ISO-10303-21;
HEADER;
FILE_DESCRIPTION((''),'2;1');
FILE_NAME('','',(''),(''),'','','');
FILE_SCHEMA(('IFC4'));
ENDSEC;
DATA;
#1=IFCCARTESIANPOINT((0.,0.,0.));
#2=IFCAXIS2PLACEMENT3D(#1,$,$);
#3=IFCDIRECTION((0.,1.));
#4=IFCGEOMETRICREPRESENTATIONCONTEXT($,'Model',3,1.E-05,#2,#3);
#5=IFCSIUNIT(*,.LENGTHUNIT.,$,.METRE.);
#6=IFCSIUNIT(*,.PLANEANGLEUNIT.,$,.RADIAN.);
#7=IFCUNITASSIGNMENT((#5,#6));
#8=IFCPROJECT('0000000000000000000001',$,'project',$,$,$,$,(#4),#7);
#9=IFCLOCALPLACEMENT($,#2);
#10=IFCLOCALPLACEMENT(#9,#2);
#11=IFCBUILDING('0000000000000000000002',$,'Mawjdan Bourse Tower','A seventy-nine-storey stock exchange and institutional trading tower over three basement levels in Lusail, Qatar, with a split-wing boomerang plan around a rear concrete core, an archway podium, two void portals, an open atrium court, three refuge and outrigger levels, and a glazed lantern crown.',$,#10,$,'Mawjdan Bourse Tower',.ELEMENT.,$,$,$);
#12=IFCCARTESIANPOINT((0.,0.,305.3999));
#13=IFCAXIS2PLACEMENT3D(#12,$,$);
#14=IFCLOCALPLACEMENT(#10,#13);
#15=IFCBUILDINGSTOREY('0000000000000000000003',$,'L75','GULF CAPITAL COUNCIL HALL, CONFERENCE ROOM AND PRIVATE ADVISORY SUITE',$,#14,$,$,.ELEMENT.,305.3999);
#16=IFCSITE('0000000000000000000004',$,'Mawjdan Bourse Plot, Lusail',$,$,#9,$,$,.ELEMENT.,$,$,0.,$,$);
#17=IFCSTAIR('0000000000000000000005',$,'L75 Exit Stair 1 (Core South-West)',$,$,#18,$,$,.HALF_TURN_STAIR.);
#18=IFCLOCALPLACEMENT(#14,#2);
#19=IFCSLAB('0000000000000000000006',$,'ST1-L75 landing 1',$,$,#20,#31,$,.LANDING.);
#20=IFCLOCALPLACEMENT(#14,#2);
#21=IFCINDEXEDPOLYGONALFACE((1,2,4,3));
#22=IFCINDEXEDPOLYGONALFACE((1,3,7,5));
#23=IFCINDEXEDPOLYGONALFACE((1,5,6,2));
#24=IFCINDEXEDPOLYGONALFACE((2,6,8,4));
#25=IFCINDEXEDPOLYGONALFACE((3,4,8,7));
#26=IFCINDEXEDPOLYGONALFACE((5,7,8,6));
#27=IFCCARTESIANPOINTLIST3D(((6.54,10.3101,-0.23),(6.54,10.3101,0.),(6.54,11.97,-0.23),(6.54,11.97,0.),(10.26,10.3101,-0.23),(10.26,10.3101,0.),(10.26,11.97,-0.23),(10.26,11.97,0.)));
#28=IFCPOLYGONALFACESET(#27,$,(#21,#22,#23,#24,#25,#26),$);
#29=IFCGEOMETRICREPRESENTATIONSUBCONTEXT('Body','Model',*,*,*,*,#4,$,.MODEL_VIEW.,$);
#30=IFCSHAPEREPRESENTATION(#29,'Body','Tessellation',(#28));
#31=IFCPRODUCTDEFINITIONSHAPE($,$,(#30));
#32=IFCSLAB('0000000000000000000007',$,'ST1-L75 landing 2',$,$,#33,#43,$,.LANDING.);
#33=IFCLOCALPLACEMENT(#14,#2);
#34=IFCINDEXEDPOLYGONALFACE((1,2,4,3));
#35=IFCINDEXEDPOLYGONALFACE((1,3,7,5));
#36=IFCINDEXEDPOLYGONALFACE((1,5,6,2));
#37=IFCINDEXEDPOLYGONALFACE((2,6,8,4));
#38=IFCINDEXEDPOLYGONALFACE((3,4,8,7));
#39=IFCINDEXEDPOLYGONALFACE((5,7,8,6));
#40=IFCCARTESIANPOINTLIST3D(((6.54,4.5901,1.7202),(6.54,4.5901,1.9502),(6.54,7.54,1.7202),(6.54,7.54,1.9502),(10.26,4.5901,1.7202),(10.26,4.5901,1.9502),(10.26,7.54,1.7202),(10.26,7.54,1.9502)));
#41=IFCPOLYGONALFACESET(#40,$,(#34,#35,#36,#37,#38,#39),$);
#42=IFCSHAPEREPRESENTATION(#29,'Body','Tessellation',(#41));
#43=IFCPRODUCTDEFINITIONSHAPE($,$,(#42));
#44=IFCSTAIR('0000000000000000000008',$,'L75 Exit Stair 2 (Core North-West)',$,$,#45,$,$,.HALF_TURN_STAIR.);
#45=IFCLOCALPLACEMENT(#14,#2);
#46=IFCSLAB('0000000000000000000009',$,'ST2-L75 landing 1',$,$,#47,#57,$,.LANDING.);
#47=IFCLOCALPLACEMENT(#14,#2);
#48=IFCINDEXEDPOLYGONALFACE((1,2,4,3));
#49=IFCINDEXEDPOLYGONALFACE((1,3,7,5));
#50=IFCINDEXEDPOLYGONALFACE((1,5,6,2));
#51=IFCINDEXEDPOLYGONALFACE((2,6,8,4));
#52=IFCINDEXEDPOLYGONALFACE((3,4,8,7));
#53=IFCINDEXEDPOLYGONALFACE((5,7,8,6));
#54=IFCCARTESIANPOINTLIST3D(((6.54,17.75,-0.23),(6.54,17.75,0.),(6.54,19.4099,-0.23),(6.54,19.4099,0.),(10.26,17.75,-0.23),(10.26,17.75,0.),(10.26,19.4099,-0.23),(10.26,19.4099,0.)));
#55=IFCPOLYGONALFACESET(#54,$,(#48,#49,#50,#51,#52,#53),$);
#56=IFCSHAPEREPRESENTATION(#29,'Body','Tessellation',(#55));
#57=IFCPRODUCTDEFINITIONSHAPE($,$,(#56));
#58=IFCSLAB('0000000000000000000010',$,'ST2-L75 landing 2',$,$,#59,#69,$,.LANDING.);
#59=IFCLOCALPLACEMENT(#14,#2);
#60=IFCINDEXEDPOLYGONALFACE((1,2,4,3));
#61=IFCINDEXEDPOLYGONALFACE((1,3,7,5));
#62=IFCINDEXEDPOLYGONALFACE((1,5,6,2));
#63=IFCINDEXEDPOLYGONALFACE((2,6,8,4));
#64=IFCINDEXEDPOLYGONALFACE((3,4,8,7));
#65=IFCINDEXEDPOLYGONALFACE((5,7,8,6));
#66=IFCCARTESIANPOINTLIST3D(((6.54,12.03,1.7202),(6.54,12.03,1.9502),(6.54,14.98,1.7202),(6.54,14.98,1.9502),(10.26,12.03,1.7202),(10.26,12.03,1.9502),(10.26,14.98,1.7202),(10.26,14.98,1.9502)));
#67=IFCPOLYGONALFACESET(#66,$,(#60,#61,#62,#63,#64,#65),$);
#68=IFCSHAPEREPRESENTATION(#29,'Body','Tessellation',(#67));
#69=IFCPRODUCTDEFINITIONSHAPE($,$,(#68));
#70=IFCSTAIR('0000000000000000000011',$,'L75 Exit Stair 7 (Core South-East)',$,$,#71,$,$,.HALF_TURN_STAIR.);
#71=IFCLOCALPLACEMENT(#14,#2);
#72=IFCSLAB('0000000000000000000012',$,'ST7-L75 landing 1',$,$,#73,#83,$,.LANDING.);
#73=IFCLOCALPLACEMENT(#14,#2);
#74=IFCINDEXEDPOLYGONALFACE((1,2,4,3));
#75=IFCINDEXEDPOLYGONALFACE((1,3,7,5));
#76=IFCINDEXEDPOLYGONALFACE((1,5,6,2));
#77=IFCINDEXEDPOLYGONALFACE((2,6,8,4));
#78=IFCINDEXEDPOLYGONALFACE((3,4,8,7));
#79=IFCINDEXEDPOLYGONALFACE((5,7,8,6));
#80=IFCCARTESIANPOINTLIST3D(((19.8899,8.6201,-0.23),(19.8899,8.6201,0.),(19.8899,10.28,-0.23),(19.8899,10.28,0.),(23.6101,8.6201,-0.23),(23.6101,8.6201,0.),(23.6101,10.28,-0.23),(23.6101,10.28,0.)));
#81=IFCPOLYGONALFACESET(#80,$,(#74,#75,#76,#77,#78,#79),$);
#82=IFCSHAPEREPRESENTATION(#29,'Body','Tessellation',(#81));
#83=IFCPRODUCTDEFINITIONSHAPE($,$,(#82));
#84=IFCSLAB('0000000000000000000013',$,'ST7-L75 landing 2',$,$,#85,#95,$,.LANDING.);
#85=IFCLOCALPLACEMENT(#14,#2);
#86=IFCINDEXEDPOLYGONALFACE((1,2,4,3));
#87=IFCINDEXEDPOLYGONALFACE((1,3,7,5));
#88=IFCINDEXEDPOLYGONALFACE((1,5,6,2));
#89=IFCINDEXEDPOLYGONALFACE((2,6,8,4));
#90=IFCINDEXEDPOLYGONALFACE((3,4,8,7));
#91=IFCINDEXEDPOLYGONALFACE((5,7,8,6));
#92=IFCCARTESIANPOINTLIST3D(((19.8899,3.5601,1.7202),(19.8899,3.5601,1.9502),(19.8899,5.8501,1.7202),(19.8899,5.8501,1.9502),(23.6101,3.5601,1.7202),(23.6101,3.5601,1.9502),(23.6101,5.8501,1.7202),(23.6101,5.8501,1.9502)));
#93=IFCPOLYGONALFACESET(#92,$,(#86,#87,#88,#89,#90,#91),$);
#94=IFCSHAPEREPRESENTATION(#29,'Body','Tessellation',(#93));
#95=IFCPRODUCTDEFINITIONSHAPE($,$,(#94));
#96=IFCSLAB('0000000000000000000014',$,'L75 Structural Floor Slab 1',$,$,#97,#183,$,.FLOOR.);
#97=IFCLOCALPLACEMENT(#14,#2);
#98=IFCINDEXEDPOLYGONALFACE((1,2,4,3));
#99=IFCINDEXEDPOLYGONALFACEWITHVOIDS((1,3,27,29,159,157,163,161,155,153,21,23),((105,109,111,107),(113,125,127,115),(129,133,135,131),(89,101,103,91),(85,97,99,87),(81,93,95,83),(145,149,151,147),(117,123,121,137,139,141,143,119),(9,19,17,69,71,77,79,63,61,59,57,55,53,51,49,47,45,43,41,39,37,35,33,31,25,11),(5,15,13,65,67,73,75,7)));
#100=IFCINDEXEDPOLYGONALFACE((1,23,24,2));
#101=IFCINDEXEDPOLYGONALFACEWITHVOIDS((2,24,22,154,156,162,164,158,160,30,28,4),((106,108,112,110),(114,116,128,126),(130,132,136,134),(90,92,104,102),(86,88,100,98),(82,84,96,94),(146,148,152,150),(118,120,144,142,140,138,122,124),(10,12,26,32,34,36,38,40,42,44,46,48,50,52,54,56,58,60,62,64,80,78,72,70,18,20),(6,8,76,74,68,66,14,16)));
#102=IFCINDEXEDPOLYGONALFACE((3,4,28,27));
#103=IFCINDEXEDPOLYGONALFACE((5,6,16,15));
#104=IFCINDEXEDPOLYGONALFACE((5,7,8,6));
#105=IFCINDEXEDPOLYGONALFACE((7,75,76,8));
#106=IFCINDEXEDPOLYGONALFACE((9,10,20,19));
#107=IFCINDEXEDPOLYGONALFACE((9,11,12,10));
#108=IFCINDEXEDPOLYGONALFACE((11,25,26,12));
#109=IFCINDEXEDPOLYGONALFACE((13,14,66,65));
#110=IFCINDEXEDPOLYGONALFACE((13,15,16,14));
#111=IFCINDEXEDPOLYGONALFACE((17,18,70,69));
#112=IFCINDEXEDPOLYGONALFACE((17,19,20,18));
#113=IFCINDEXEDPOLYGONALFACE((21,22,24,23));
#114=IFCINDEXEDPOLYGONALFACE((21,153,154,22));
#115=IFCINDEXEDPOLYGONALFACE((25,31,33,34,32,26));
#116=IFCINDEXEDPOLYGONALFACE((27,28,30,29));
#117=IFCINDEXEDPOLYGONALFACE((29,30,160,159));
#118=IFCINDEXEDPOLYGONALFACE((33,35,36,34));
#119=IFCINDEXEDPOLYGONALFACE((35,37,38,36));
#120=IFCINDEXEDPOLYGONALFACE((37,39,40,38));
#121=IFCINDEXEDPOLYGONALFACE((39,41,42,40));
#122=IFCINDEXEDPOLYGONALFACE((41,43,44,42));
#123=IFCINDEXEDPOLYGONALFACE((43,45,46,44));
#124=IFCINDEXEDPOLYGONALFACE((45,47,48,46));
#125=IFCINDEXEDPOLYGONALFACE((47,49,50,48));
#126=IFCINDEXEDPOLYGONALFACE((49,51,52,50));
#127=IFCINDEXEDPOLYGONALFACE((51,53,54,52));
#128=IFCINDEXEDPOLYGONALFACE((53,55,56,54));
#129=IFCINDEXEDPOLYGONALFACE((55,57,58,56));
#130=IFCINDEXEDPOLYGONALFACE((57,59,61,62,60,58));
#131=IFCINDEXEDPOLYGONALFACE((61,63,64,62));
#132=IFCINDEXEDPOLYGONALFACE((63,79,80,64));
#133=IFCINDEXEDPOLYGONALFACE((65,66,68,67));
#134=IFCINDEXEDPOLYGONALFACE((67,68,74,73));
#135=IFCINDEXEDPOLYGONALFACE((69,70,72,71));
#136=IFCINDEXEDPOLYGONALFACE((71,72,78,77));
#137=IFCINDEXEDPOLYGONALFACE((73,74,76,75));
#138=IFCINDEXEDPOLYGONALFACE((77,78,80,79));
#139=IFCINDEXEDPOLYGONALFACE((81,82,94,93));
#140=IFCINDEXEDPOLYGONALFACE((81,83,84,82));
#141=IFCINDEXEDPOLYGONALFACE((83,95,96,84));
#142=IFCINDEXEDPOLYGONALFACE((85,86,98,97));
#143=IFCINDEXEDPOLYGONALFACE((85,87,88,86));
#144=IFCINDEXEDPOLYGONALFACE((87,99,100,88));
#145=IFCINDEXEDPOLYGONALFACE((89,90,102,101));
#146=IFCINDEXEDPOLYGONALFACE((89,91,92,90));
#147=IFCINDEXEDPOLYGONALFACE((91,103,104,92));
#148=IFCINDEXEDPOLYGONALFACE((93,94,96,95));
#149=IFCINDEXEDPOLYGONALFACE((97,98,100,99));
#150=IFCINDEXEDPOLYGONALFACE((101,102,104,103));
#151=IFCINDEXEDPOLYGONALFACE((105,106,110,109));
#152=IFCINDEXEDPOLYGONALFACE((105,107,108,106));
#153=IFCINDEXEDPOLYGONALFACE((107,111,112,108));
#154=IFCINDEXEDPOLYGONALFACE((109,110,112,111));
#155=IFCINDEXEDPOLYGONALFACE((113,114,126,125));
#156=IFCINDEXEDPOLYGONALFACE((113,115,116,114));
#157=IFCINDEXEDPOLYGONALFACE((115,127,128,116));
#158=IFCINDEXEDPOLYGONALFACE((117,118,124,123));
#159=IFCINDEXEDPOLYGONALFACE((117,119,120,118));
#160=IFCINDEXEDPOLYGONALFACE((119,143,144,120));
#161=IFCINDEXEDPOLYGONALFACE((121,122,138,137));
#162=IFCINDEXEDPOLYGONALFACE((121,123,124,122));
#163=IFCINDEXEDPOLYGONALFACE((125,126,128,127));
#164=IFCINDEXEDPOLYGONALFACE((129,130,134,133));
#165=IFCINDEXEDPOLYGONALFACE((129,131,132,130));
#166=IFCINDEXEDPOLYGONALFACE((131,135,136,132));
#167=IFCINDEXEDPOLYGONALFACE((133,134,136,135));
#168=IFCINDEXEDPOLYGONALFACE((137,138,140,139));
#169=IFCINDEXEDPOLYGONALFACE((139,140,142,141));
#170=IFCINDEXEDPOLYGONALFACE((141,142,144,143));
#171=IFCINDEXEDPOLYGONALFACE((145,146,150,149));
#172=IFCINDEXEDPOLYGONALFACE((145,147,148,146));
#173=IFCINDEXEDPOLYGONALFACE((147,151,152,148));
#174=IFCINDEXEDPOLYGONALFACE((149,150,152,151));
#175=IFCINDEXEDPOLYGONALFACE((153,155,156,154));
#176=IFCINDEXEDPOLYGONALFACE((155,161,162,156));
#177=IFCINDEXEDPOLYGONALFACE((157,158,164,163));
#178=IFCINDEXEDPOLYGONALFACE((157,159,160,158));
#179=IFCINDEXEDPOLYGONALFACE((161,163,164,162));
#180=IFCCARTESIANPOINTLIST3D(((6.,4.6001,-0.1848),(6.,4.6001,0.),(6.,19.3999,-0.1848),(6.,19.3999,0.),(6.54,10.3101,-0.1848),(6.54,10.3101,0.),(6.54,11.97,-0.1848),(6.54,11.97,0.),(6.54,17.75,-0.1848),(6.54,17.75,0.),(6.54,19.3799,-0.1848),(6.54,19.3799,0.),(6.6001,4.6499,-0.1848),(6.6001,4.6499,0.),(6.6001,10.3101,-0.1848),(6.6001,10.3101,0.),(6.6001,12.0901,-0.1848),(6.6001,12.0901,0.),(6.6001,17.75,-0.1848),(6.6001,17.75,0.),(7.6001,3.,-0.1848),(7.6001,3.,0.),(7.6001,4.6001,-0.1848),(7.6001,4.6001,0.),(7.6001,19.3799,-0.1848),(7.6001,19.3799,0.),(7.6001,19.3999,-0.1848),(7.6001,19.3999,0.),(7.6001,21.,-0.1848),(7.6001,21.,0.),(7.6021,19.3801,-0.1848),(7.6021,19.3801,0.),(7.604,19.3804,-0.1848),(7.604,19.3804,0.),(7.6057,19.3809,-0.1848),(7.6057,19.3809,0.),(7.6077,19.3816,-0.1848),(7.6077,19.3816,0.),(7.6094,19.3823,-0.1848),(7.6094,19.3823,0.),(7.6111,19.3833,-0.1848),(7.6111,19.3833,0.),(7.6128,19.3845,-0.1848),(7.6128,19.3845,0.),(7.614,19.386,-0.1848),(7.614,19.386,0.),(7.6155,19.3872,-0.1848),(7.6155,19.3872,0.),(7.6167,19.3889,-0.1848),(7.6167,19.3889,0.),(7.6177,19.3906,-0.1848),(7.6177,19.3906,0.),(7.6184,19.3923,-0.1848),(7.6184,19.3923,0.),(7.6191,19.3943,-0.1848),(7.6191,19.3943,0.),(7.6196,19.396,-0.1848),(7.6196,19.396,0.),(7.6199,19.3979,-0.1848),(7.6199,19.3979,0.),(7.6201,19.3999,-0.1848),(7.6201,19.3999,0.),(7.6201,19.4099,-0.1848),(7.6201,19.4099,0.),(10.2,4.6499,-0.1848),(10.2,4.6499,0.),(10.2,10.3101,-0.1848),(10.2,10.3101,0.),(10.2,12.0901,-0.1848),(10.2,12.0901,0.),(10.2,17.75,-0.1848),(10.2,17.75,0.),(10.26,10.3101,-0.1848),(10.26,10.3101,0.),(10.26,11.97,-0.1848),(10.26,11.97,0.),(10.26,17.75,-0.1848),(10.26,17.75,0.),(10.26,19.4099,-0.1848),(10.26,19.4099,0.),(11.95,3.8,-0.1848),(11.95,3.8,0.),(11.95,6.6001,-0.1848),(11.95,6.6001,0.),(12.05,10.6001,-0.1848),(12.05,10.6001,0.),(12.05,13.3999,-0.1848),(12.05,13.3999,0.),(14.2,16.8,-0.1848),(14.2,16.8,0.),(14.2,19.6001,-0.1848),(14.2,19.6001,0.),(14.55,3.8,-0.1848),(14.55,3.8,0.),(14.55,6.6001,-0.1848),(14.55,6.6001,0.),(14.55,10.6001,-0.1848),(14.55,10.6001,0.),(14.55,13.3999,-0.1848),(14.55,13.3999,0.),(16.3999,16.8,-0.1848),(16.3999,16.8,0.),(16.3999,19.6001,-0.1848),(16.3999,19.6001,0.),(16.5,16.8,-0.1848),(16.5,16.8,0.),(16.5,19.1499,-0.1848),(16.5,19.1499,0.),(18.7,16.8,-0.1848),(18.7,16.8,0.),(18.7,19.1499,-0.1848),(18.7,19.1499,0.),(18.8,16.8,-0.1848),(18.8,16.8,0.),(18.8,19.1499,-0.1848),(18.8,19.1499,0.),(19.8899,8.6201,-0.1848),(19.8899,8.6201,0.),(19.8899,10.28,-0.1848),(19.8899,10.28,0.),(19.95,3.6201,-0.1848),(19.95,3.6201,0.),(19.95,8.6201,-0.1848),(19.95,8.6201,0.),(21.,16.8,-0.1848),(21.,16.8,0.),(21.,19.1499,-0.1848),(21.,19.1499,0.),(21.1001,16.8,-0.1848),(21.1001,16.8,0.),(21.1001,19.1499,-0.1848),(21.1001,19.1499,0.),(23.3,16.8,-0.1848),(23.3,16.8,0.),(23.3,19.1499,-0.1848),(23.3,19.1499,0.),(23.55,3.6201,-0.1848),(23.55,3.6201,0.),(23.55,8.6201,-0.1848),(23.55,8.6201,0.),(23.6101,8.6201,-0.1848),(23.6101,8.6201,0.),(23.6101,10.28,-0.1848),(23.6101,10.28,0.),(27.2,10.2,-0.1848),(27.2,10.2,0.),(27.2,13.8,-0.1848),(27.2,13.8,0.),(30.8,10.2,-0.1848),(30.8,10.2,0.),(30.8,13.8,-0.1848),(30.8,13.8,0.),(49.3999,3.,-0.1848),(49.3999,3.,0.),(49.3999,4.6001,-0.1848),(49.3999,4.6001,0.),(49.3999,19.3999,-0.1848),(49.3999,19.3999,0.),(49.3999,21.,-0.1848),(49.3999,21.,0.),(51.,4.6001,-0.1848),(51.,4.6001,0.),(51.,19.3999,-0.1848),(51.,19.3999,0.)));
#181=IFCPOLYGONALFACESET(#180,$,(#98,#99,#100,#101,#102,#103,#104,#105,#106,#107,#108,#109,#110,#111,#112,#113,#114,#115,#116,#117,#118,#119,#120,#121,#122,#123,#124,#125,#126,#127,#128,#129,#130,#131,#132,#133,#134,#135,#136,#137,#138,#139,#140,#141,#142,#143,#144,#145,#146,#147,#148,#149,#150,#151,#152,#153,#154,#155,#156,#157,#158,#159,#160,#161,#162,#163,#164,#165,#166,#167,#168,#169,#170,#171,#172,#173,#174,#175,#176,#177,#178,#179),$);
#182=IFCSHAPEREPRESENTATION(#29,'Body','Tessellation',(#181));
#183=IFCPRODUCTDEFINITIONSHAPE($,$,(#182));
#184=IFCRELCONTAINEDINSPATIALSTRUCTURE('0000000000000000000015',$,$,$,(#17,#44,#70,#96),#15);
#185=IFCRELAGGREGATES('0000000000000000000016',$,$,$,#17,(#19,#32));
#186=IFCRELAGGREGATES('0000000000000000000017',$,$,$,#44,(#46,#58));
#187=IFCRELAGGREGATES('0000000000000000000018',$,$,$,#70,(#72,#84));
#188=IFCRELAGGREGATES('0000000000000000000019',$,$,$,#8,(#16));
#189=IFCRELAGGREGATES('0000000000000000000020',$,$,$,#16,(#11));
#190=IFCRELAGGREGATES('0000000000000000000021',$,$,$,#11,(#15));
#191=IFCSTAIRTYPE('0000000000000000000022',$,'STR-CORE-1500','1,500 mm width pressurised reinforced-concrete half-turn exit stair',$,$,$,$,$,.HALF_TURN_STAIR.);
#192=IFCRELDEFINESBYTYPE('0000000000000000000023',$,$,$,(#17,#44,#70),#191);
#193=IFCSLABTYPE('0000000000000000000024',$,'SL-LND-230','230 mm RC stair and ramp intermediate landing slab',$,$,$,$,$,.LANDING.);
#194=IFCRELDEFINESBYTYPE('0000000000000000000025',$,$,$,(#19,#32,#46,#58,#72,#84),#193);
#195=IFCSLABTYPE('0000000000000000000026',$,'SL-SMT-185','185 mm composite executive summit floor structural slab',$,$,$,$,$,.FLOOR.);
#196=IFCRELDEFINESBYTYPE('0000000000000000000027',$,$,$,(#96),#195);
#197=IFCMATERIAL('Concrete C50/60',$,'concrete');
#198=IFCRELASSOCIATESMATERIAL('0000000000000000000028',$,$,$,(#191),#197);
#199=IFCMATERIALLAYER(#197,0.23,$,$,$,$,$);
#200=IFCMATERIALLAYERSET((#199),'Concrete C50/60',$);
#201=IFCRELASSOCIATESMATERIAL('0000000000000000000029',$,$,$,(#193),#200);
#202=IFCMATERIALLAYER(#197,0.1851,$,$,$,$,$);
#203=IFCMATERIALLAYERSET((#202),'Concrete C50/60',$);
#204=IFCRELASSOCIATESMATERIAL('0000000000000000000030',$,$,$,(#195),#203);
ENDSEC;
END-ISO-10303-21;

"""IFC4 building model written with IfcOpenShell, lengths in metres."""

from ifc_helpers import new_model, si_unit, direction, frame, origin, place, context, subcontext, project, spatial, polyline, outline, extrude, material, layer, layer_set, type_object, element, aggregate, save


model = new_model("IFC4")

# Units and contexts
model_context = context("Model", 3, precision=1e-05, world=origin(), true_north=direction((0.0, 1.0)))
body_context = subcontext(model_context, "Body", "Model", "MODEL_VIEW")
ifc_project = project(units=[si_unit("LENGTHUNIT", "METRE"), si_unit("PLANEANGLEUNIT", "RADIAN")], contexts=[model_context])

# Site, building, storey
site_placement = place(None, origin())
site = spatial("IfcSite", under=ifc_project, at=site_placement, Name="Mawjdan Bourse Plot, Lusail", CompositionType="ELEMENT", RefElevation=0.0)
building_placement = place(site_placement, origin())
building = spatial("IfcBuilding", under=site, at=building_placement, Name="Mawjdan Bourse Tower", Description="A seventy-nine-storey stock exchange and institutional trading tower over three basement levels in Lusail, Qatar, with a split-wing boomerang plan around a rear concrete core, an archway podium, two void portals, an open atrium court, three refuge and outrigger levels, and a glazed lantern crown.", LongName="Mawjdan Bourse Tower", CompositionType="ELEMENT")
storey_placement = place(building_placement, frame((0.0, 0.0, 305.3999)))
storey = spatial("IfcBuildingStorey", under=building, at=storey_placement, Name="L75", Description="GULF CAPITAL COUNCIL HALL, CONFERENCE ROOM AND PRIVATE ADVISORY SUITE", CompositionType="ELEMENT", Elevation=305.3999)

# Stairs, slabs
ifc_material_1 = material(Name="Concrete C50/60", Category="concrete")
stair_type = type_object("IfcStairType", Name="STR-CORE-1500", Description="1,500 mm width pressurised reinforced-concrete half-turn exit stair", PredefinedType="HALF_TURN_STAIR", material=ifc_material_1)
stair_1_placement = place(storey_placement, origin())
stair_1 = element("IfcStair", 1, at=stair_1_placement, inside=storey, type_object=stair_type, Name="L75 Exit Stair 1 (Core South-West)", PredefinedType="HALF_TURN_STAIR")
ifc_layer_1 = layer(ifc_material_1, 0.23)
ifc_layer_set_1 = layer_set([ifc_layer_1], Name="Concrete C50/60")
slab_type_1 = type_object("IfcSlabType", Name="SL-LND-230", Description="230 mm RC stair and ramp intermediate landing slab", PredefinedType="LANDING", material=ifc_layer_set_1)
slab_1_placement = place(storey_placement, frame((0.0, 0.0, -0.23)))
slab_1 = element("IfcSlab", 2, at=slab_1_placement, type_object=slab_type_1, Name="ST1-L75 landing 1", PredefinedType="LANDING", context=body_context, shape_type="SweptSolid", body=[
    extrude(outline(polyline([(6.54, 10.3101), (10.26, 10.3101), (10.26, 11.97), (6.54, 11.97), (6.54, 10.3101)])), origin(), (0.0, 0.0, 1.0), 0.23),
])
slab_2_placement = place(storey_placement, frame((0.0, 0.0, 1.7202)))
slab_2 = element("IfcSlab", 3, at=slab_2_placement, type_object=slab_type_1, Name="ST1-L75 landing 2", PredefinedType="LANDING", context=body_context, shape_type="SweptSolid", body=[
    extrude(outline(polyline([(6.54, 4.5901), (10.26, 4.5901), (10.26, 7.54), (6.54, 7.54), (6.54, 4.5901)])), origin(), (0.0, 0.0, 1.0), 0.23),
])
aggregate(stair_1, [slab_1, slab_2])
stair_2_placement = place(storey_placement, origin())
stair_2 = element("IfcStair", 4, at=stair_2_placement, inside=storey, type_object=stair_type, Name="L75 Exit Stair 2 (Core North-West)", PredefinedType="HALF_TURN_STAIR")
slab_3_placement = place(storey_placement, frame((0.0, 0.0, -0.23)))
slab_3 = element("IfcSlab", 5, at=slab_3_placement, type_object=slab_type_1, Name="ST2-L75 landing 1", PredefinedType="LANDING", context=body_context, shape_type="SweptSolid", body=[
    extrude(outline(polyline([(6.54, 17.75), (10.26, 17.75), (10.26, 19.4099), (6.54, 19.4099), (6.54, 17.75)])), origin(), (0.0, 0.0, 1.0), 0.23),
])
slab_4_placement = place(storey_placement, frame((0.0, 0.0, 1.7202)))
slab_4 = element("IfcSlab", 6, at=slab_4_placement, type_object=slab_type_1, Name="ST2-L75 landing 2", PredefinedType="LANDING", context=body_context, shape_type="SweptSolid", body=[
    extrude(outline(polyline([(6.54, 12.03), (10.26, 12.03), (10.26, 14.98), (6.54, 14.98), (6.54, 12.03)])), origin(), (0.0, 0.0, 1.0), 0.23),
])
aggregate(stair_2, [slab_3, slab_4])
stair_3_placement = place(storey_placement, origin())
stair_3 = element("IfcStair", 7, at=stair_3_placement, inside=storey, type_object=stair_type, Name="L75 Exit Stair 7 (Core South-East)", PredefinedType="HALF_TURN_STAIR")
slab_5_placement = place(storey_placement, frame((0.0, 0.0, -0.23)))
slab_5 = element("IfcSlab", 8, at=slab_5_placement, type_object=slab_type_1, Name="ST7-L75 landing 1", PredefinedType="LANDING", context=body_context, shape_type="SweptSolid", body=[
    extrude(outline(polyline([(19.8899, 8.6201), (23.6101, 8.6201), (23.6101, 10.28), (19.8899, 10.28), (19.8899, 8.6201)])), origin(), (0.0, 0.0, 1.0), 0.23),
])
slab_6_placement = place(storey_placement, frame((0.0, 0.0, 1.7202)))
slab_6 = element("IfcSlab", 9, at=slab_6_placement, type_object=slab_type_1, Name="ST7-L75 landing 2", PredefinedType="LANDING", context=body_context, shape_type="SweptSolid", body=[
    extrude(outline(polyline([(19.8899, 3.5601), (23.6101, 3.5601), (23.6101, 5.8501), (19.8899, 5.8501), (19.8899, 3.5601)])), origin(), (0.0, 0.0, 1.0), 0.23),
])
aggregate(stair_3, [slab_5, slab_6])

# Slab
ifc_layer_2 = layer(ifc_material_1, 0.1851)
ifc_layer_set_2 = layer_set([ifc_layer_2], Name="Concrete C50/60")
slab_type_2 = type_object("IfcSlabType", Name="SL-SMT-185", Description="185 mm composite executive summit floor structural slab", PredefinedType="FLOOR", material=ifc_layer_set_2)
slab_7_placement = place(storey_placement, frame((0.0, 0.0, -0.1848)))
element("IfcSlab", 10, at=slab_7_placement, inside=storey, type_object=slab_type_2, Name="L75 Structural Floor Slab 1", PredefinedType="FLOOR", context=body_context, shape_type="SweptSolid", body=[
    extrude(outline(polyline([(7.6001, 3.0), (49.3999, 3.0), (49.3999, 4.6001), (51.0, 4.6001), (51.0, 19.3999), (49.3999, 19.3999), (49.3999, 21.0), (7.6001, 21.0), (7.6001, 19.3999), (6.0, 19.3999), (6.0, 4.6001), (7.6001, 4.6001), (7.6001, 3.0)]), holes=[polyline([(14.55, 3.8), (11.95, 3.8), (11.95, 6.6001), (14.55, 6.6001), (14.55, 3.8)]), polyline([(10.26, 11.97), (10.26, 10.3101), (10.2, 10.3101), (10.2, 4.6499), (6.6001, 4.6499), (6.6001, 10.3101), (6.54, 10.3101), (6.54, 11.97), (10.26, 11.97)]), polyline([(14.55, 10.6001), (12.05, 10.6001), (12.05, 13.3999), (14.55, 13.3999), (14.55, 10.6001)]), polyline([(6.6001, 12.0901), (6.6001, 17.75), (6.54, 17.75), (6.54, 19.3799), (7.6001, 19.3799), (7.6021, 19.3801), (7.604, 19.3804), (7.6057, 19.3809), (7.6077, 19.3816), (7.6094, 19.3823), (7.6111, 19.3833), (7.6128, 19.3845), (7.614, 19.386), (7.6155, 19.3872), (7.6167, 19.3889), (7.6177, 19.3906), (7.6184, 19.3923), (7.6191, 19.3943), (7.6196, 19.396), (7.6199, 19.3979), (7.6201, 19.3999), (7.6201, 19.4099), (10.26, 19.4099), (10.26, 17.75), (10.2, 17.75), (10.2, 12.0901), (6.6001, 12.0901)]), polyline([(14.2, 16.8), (14.2, 19.6001), (16.3999, 19.6001), (16.3999, 16.8), (14.2, 16.8)]), polyline([(23.6101, 10.28), (23.6101, 8.6201), (23.55, 8.6201), (23.55, 3.6201), (19.95, 3.6201), (19.95, 8.6201), (19.8899, 8.6201), (19.8899, 10.28), (23.6101, 10.28)]), polyline([(27.2, 10.2), (27.2, 13.8), (30.8, 13.8), (30.8, 10.2), (27.2, 10.2)]), polyline([(16.5, 16.8), (16.5, 19.1499), (18.7, 19.1499), (18.7, 16.8), (16.5, 16.8)]), polyline([(18.8, 16.8), (18.8, 19.1499), (21.0, 19.1499), (21.0, 16.8), (18.8, 16.8)]), polyline([(21.1001, 16.8), (21.1001, 19.1499), (23.3, 19.1499), (23.3, 16.8), (21.1001, 16.8)])]), origin(), (0.0, 0.0, 1.0), 0.1848),
])

save(model, "model.ifc")
